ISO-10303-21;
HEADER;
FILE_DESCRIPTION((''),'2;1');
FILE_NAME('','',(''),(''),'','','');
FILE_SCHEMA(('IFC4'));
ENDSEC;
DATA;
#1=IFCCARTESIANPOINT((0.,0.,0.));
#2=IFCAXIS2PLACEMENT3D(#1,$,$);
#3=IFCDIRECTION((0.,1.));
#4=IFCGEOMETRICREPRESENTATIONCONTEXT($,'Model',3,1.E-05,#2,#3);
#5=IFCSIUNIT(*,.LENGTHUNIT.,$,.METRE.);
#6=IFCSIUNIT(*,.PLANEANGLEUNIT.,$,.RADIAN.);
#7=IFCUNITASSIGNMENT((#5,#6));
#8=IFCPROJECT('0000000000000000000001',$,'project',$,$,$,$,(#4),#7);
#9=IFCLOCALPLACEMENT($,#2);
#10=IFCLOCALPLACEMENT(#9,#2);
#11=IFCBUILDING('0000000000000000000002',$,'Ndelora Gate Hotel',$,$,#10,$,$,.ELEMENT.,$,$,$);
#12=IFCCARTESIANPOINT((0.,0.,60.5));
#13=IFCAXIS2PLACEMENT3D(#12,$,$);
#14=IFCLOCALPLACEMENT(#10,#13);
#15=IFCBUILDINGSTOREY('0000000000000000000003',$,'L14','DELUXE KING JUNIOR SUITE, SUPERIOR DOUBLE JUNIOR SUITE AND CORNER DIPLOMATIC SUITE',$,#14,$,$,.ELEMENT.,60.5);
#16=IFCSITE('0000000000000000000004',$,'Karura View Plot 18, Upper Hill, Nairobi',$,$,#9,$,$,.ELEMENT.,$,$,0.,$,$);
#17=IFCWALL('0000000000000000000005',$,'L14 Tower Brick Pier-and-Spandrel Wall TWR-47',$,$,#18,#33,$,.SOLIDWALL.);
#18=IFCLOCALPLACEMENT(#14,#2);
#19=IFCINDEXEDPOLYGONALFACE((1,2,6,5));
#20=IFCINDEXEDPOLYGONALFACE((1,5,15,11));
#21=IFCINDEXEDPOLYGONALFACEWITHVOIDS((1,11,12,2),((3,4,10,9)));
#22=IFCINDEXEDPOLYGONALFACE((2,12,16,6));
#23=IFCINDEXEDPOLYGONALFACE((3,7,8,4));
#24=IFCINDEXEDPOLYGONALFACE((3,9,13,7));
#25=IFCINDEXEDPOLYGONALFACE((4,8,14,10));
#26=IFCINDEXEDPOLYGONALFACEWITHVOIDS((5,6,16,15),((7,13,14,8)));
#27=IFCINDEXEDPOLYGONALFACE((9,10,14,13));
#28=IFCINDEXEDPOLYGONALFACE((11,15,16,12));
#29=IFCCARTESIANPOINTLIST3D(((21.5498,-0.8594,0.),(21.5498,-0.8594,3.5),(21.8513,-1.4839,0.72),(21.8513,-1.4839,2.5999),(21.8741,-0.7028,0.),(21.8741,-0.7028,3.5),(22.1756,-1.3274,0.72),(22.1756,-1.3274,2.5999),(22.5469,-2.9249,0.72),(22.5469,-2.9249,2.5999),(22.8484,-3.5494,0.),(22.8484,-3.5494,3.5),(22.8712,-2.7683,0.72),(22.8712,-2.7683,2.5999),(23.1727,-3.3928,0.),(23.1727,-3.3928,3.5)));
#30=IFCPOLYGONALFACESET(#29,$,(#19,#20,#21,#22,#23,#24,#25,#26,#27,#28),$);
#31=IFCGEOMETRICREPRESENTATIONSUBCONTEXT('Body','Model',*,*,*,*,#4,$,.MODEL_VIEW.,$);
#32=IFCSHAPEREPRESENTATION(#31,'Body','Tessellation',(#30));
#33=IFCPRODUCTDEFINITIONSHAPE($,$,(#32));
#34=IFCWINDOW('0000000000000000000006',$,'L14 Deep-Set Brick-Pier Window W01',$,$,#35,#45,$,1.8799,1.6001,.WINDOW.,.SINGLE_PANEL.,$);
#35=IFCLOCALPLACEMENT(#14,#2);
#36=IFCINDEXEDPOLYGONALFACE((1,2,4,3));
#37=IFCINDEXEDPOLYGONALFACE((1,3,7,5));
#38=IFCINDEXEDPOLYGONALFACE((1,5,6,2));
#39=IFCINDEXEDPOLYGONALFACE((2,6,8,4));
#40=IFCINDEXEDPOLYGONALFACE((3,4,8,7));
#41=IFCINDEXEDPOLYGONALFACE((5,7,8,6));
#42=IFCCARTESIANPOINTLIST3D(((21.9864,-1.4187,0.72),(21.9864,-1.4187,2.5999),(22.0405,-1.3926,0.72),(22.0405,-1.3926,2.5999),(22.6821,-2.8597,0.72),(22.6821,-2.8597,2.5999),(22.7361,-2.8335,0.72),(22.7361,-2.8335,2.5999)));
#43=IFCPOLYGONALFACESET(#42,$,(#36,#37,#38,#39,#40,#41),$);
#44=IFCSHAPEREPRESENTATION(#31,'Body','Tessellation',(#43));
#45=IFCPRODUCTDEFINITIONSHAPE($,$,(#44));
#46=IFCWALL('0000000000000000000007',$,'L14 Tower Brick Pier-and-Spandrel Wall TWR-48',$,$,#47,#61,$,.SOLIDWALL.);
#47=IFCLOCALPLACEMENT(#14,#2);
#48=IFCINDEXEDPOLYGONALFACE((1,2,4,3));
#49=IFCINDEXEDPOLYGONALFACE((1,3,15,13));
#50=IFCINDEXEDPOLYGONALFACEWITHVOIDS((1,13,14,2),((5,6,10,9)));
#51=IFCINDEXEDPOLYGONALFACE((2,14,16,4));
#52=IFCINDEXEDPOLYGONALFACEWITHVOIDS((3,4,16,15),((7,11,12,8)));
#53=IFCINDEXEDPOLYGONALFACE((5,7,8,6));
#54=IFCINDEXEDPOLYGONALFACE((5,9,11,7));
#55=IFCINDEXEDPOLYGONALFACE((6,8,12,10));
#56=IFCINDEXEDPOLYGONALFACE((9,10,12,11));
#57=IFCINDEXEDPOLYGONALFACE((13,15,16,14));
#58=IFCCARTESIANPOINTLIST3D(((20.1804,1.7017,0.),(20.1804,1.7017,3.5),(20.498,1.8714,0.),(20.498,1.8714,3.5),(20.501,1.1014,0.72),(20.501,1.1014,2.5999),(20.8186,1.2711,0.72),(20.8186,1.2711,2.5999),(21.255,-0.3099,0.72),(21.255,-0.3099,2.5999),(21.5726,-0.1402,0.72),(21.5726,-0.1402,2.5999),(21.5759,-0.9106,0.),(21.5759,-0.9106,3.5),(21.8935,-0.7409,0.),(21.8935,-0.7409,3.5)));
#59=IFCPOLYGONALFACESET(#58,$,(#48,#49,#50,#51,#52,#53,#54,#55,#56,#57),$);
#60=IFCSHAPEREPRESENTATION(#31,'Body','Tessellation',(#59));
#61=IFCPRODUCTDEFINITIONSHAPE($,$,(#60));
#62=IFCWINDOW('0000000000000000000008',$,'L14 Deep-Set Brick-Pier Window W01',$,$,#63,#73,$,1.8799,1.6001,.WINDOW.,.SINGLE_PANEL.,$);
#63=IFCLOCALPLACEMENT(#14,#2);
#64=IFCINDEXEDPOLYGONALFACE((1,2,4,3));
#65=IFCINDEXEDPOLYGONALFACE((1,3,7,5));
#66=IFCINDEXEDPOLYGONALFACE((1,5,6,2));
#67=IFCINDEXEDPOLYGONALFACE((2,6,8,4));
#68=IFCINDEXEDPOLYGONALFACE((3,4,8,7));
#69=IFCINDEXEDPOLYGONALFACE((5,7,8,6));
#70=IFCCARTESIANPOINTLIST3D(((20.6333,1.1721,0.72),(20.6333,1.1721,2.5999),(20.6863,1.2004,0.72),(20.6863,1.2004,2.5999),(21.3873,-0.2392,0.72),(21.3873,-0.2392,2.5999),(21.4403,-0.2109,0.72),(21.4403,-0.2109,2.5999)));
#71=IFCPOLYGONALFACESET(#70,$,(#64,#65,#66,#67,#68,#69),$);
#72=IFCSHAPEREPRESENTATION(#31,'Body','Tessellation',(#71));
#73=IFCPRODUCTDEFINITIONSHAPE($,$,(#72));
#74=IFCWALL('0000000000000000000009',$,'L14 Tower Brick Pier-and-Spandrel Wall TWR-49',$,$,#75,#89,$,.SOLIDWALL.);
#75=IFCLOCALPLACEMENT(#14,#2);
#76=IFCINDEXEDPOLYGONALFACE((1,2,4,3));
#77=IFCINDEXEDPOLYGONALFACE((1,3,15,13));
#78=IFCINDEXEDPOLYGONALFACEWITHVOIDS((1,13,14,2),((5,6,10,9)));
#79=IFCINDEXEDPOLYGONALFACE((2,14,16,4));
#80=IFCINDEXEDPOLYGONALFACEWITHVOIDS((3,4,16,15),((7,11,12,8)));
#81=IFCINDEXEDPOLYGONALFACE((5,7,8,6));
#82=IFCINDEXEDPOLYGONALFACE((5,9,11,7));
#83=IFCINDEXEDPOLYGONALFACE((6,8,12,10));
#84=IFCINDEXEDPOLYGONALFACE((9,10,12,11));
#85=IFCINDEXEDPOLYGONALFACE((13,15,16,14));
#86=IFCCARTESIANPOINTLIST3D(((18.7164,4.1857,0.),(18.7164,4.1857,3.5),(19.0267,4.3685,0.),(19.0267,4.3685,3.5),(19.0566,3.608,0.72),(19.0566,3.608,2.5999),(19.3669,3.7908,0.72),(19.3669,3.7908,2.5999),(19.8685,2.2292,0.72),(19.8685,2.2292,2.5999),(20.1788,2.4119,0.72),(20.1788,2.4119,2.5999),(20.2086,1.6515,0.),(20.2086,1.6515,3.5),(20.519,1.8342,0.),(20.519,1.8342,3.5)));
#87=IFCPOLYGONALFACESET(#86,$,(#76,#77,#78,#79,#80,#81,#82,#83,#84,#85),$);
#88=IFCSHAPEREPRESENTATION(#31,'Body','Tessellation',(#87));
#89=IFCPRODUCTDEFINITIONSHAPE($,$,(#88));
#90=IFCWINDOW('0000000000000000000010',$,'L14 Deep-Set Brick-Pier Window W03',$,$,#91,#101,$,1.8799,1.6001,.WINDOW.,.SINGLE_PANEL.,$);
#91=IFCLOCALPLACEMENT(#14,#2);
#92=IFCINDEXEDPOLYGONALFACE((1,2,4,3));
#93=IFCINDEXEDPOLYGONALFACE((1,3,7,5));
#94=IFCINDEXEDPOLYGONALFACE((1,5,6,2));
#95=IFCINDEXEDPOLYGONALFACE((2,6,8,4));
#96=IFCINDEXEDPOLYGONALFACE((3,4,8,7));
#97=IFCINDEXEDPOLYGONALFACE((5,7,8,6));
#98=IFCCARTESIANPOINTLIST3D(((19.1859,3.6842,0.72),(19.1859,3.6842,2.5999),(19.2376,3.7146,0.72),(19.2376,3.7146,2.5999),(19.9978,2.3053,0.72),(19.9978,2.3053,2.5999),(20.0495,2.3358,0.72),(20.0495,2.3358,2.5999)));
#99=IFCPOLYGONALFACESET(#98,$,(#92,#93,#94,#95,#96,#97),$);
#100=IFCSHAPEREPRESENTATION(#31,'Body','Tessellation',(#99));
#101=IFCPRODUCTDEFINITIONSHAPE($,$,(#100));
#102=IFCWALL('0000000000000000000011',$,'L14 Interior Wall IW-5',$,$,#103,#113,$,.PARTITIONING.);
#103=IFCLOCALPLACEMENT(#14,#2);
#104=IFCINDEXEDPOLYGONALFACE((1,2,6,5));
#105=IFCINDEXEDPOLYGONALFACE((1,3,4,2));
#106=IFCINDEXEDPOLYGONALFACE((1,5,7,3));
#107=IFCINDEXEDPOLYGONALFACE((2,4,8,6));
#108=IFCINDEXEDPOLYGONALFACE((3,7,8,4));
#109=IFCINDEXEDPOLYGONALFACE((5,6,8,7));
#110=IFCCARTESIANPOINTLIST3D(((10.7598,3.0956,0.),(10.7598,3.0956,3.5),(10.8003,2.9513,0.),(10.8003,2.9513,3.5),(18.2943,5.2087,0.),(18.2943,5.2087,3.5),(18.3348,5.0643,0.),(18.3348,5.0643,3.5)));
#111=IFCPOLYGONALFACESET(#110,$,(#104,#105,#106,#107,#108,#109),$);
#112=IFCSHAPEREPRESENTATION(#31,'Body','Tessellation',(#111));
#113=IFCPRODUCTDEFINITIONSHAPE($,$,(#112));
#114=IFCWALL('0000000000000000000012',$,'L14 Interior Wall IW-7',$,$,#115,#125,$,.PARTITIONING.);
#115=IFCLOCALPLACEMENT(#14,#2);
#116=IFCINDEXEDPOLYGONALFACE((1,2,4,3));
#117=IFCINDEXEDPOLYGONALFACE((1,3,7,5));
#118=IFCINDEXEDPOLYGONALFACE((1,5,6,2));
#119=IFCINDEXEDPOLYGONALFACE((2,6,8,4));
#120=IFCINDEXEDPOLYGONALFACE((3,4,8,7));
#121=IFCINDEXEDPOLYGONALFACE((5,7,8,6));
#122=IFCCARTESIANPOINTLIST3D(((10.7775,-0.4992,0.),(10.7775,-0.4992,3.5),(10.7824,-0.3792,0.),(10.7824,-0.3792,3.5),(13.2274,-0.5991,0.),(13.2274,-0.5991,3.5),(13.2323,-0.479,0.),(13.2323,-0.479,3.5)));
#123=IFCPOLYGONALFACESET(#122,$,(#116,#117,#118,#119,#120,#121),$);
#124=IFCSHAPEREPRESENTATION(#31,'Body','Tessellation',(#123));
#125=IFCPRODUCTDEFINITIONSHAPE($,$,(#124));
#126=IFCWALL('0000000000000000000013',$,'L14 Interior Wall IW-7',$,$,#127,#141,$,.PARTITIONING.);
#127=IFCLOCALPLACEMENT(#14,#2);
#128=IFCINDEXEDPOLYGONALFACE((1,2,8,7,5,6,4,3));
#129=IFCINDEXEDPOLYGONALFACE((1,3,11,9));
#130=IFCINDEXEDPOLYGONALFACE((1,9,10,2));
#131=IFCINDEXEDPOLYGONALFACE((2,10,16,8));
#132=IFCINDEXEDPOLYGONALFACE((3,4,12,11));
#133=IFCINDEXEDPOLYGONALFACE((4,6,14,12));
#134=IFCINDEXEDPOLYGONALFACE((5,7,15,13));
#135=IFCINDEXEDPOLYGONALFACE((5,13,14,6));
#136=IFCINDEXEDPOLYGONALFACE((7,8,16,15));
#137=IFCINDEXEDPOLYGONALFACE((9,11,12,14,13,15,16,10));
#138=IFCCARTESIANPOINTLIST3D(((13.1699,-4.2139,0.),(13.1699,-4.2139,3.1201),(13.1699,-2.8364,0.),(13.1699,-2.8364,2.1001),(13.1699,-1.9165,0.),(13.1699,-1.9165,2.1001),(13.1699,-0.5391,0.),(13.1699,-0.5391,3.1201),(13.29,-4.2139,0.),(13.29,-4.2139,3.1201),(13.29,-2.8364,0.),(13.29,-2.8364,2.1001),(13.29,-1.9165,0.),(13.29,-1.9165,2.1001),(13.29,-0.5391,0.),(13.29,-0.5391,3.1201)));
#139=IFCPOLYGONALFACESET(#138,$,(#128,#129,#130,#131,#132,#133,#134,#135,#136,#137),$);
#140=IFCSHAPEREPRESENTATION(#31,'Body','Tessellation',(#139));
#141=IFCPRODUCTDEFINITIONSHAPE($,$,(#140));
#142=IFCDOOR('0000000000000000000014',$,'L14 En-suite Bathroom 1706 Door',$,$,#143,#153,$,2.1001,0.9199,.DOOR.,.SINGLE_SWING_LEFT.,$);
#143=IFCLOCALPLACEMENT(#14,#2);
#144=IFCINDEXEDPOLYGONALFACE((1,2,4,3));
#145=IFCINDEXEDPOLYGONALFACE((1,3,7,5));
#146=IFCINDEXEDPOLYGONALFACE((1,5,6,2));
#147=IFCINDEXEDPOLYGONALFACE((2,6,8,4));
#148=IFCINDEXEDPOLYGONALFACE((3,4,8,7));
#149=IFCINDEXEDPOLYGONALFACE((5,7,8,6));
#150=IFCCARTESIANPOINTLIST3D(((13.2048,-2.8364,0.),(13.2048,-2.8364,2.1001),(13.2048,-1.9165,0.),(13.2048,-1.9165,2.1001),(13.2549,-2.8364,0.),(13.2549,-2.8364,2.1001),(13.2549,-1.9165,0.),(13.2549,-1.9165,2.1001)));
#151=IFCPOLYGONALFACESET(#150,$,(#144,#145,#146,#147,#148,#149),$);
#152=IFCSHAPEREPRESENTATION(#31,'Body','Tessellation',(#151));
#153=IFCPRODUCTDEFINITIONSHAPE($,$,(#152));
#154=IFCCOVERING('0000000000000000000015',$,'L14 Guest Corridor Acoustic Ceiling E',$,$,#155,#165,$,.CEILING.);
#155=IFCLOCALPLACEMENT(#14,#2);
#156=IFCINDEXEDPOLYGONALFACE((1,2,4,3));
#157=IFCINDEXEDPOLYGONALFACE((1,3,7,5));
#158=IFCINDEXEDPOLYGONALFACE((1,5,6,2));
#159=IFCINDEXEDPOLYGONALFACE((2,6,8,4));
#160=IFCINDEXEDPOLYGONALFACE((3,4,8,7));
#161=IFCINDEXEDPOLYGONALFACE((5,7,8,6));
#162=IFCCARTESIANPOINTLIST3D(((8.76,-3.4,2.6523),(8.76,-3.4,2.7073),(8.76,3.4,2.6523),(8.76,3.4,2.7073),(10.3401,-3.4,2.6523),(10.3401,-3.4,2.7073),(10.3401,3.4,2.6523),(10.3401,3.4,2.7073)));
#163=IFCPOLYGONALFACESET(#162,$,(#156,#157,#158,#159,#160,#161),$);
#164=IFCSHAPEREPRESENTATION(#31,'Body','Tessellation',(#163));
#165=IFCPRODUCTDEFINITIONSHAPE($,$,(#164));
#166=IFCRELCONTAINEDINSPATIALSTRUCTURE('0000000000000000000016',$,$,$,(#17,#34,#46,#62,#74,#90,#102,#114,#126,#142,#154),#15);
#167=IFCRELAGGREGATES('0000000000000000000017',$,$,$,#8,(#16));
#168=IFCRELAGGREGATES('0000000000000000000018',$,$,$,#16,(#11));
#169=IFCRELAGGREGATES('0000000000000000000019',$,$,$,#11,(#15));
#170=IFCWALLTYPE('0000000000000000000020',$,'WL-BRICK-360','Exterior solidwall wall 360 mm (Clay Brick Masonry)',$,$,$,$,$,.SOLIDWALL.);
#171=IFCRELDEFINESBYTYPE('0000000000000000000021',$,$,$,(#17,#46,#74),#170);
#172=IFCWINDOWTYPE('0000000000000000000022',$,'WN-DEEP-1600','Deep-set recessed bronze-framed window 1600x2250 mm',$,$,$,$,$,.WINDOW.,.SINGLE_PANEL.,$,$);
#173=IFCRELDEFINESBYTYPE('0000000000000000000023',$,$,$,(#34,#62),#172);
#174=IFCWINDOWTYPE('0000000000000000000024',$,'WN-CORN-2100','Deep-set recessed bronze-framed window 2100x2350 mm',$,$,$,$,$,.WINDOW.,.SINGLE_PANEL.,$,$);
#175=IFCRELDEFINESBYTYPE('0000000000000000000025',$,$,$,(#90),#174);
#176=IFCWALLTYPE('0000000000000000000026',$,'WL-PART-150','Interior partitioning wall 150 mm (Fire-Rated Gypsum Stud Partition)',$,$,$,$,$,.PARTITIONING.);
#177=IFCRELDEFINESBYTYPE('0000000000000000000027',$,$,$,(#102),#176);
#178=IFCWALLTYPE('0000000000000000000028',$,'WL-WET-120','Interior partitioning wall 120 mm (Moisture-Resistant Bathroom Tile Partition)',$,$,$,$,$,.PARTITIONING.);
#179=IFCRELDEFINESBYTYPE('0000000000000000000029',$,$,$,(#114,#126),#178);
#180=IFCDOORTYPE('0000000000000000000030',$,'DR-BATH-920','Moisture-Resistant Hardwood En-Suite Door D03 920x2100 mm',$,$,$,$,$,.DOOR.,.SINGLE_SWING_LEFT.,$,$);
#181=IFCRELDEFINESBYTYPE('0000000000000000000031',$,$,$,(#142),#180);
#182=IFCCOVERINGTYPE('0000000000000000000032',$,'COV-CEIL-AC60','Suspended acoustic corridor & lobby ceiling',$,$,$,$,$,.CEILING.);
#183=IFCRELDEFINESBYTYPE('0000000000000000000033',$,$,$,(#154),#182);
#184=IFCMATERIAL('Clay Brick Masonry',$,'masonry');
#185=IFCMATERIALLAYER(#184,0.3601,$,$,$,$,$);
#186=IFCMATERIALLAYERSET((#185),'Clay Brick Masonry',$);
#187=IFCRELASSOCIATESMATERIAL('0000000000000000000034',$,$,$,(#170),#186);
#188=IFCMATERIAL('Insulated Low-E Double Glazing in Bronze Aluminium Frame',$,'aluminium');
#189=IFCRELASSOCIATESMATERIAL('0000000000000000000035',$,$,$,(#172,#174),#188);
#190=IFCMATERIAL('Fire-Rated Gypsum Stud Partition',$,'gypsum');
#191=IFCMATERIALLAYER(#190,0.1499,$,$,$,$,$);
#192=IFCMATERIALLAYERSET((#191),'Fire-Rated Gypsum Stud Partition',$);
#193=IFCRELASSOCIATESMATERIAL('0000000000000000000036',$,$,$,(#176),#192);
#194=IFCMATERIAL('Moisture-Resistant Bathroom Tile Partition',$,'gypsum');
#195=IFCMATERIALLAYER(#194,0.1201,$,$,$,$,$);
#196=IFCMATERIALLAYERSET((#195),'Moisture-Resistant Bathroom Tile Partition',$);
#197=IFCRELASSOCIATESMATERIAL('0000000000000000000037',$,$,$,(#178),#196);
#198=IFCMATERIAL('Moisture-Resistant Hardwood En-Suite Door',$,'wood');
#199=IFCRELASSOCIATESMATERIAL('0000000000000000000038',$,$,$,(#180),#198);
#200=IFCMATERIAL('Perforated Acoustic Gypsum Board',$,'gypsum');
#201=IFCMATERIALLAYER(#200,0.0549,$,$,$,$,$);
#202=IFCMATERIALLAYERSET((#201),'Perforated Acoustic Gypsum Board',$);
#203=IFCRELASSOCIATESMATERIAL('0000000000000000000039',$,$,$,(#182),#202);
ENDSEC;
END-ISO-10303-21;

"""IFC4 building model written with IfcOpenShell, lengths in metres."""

from ifc_helpers import new_model, si_unit, direction, frame, frame_2d, origin, origin_2d, place, context, subcontext, project, spatial, rectangle, extrude, material, layer, layer_set, type_object, element, fill, save


model = new_model("IFC4")

# Units and contexts
model_context = context("Model", 3, precision=1e-05, world=origin(), true_north=direction((0.0, 1.0)))
body_context = subcontext(model_context, "Body", "Model", "MODEL_VIEW")
ifc_project = project(units=[si_unit("LENGTHUNIT", "METRE"), si_unit("PLANEANGLEUNIT", "RADIAN")], contexts=[model_context])

# Site, building, storey
site_placement = place(None, origin())
site = spatial("IfcSite", under=ifc_project, at=site_placement, Name="Karura View Plot 18, Upper Hill, Nairobi", CompositionType="ELEMENT", RefElevation=0.0)
building_placement = place(site_placement, origin())
building = spatial("IfcBuilding", under=site, at=building_placement, Name="Ndelora Gate Hotel", CompositionType="ELEMENT")
storey_placement = place(building_placement, frame((0.0, 0.0, 60.5)))
storey = spatial("IfcBuildingStorey", under=building, at=storey_placement, Name="L14", Description="DELUXE KING JUNIOR SUITE, SUPERIOR DOUBLE JUNIOR SUITE AND CORNER DIPLOMATIC SUITE", CompositionType="ELEMENT", Elevation=60.5)

# Walls, openings, windows
ifc_material_1 = material(Name="Clay Brick Masonry", Category="masonry")
ifc_layer_1 = layer(ifc_material_1, 0.3601)
ifc_layer_set_1 = layer_set([ifc_layer_1], Name="Clay Brick Masonry")
wall_type_1 = type_object("IfcWallType", Name="WL-BRICK-360", Description="Exterior solidwall wall 360 mm (Clay Brick Masonry)", PredefinedType="SOLIDWALL", material=ifc_layer_set_1)
wall_1_placement = place(storey_placement, frame((21.7119, -0.781, 0.0), z_axis=(0.0, 0.0, 1.0), x_axis=(0.434747, -0.900553, 0.0)))
wall_1 = element("IfcWall", 1, at=wall_1_placement, inside=storey, type_object=wall_type_1, Name="L14 Tower Brick Pier-and-Spandrel Wall TWR-47", PredefinedType="SOLIDWALL", context=body_context, shape_type="SweptSolid", body=[
    extrude(rectangle(XDim=2.9871, YDim=0.3601, at=frame_2d((1.4937, 0.0))), origin(), (0.0, 0.0, 1.0), 3.5),
])
opening_1_placement = place(wall_1_placement, frame((0.6936, 0.0, 0.72)))
opening_1 = element("IfcOpeningElement", 2, at=opening_1_placement, cuts=wall_1, PredefinedType="OPENING", context=body_context, shape_type="SweptSolid", body=[
    extrude(rectangle(XDim=1.6001, YDim=1.8799, at=frame_2d((0.8, 0.9399))), frame((0.0, 0.1899, 0.0), z_axis=(0.0, -1.0, 0.0), x_axis=(1.0, 0.0, 0.0)), (0.0, 0.0, 1.0), 0.3801),
])
ifc_material_2 = material(Name="Insulated Low-E Double Glazing in Bronze Aluminium Frame", Category="aluminium")
window_type_1 = type_object("IfcWindowType", Name="WN-DEEP-1600", Description="Deep-set recessed bronze-framed window 1600x2250 mm", PartitioningType="SINGLE_PANEL", PredefinedType="WINDOW", material=ifc_material_2)
window_1_placement = place(opening_1_placement, origin())
window_1 = element("IfcWindow", 3, at=window_1_placement, inside=storey, type_object=window_type_1, Name="L14 Deep-Set Brick-Pier Window W01", OverallHeight=1.8799, OverallWidth=1.6001, PartitioningType="SINGLE_PANEL", PredefinedType="WINDOW", context=body_context, shape_type="SweptSolid", body=[
    extrude(rectangle(XDim=1.6001, YDim=1.8799, at=frame_2d((0.8, 0.9399))), frame((0.0, 0.03, 0.0), z_axis=(0.0, -1.0, 0.0), x_axis=(1.0, 0.0, 0.0)), (0.0, 0.0, 1.0), 0.0601),
])
fill(opening_1, window_1)
wall_2_placement = place(storey_placement, frame((20.3391, 1.7866, 0.0), z_axis=(0.0, 0.0, 1.0), x_axis=(0.471187, -0.882033, 0.0)))
wall_2 = element("IfcWall", 4, at=wall_2_placement, inside=storey, type_object=wall_type_1, Name="L14 Tower Brick Pier-and-Spandrel Wall TWR-48", PredefinedType="SOLIDWALL", context=body_context, shape_type="SweptSolid", body=[
    extrude(rectangle(XDim=2.9617, YDim=0.3601, at=frame_2d((1.481, 0.0))), origin(), (0.0, 0.0, 1.0), 3.5),
])
opening_2_placement = place(wall_2_placement, frame((0.6807, 0.0, 0.72)))
opening_2 = element("IfcOpeningElement", 5, at=opening_2_placement, cuts=wall_2, PredefinedType="OPENING", context=body_context, shape_type="SweptSolid", body=[
    extrude(rectangle(XDim=1.6001, YDim=1.8799, at=frame_2d((0.8, 0.9399))), frame((0.0, 0.1899, 0.0), z_axis=(0.0, -1.0, 0.0), x_axis=(1.0, 0.0, 0.0)), (0.0, 0.0, 1.0), 0.3801),
])
window_2_placement = place(opening_2_placement, origin())
window_2 = element("IfcWindow", 6, at=window_2_placement, inside=storey, type_object=window_type_1, Name="L14 Deep-Set Brick-Pier Window W01", OverallHeight=1.8799, OverallWidth=1.6001, PartitioningType="SINGLE_PANEL", PredefinedType="WINDOW", context=body_context, shape_type="SweptSolid", body=[
    extrude(rectangle(XDim=1.6001, YDim=1.8799, at=frame_2d((0.8, 0.9399))), frame((0.0, 0.03, 0.0), z_axis=(0.0, -1.0, 0.0), x_axis=(1.0, 0.0, 0.0)), (0.0, 0.0, 1.0), 0.0601),
])
fill(opening_2, window_2)
wall_3_placement = place(storey_placement, frame((18.8716, 4.2771, 0.0), z_axis=(0.0, 0.0, 1.0), x_axis=(0.507397, -0.861712, 0.0)))
wall_3 = element("IfcWall", 7, at=wall_3_placement, inside=storey, type_object=wall_type_1, Name="L14 Tower Brick Pier-and-Spandrel Wall TWR-49", PredefinedType="SOLIDWALL", context=body_context, shape_type="SweptSolid", body=[
    extrude(rectangle(XDim=2.9409, YDim=0.3601, at=frame_2d((1.4705, 0.0))), origin(), (0.0, 0.0, 1.0), 3.5),
])
opening_3_placement = place(wall_3_placement, frame((0.6704, 0.0, 0.72)))
opening_3 = element("IfcOpeningElement", 8, at=opening_3_placement, cuts=wall_3, PredefinedType="OPENING", context=body_context, shape_type="SweptSolid", body=[
    extrude(rectangle(XDim=1.6001, YDim=1.8799, at=frame_2d((0.8, 0.9399))), frame((0.0, 0.1899, 0.0), z_axis=(0.0, -1.0, 0.0), x_axis=(1.0, 0.0, 0.0)), (0.0, 0.0, 1.0), 0.3801),
])
window_type_2 = type_object("IfcWindowType", Name="WN-CORN-2100", Description="Deep-set recessed bronze-framed window 2100x2350 mm", PartitioningType="SINGLE_PANEL", PredefinedType="WINDOW", material=ifc_material_2)
window_3_placement = place(opening_3_placement, origin())
window_3 = element("IfcWindow", 9, at=window_3_placement, inside=storey, type_object=window_type_2, Name="L14 Deep-Set Brick-Pier Window W03", OverallHeight=1.8799, OverallWidth=1.6001, PartitioningType="SINGLE_PANEL", PredefinedType="WINDOW", context=body_context, shape_type="SweptSolid", body=[
    extrude(rectangle(XDim=1.6001, YDim=1.8799, at=frame_2d((0.8, 0.9399))), frame((0.0, 0.03, 0.0), z_axis=(0.0, -1.0, 0.0), x_axis=(1.0, 0.0, 0.0)), (0.0, 0.0, 1.0), 0.0601),
])
fill(opening_3, window_3)

# Walls
ifc_material_3 = material(Name="Fire-Rated Gypsum Stud Partition", Category="gypsum")
ifc_layer_2 = layer(ifc_material_3, 0.1499)
ifc_layer_set_2 = layer_set([ifc_layer_2], Name="Fire-Rated Gypsum Stud Partition")
wall_type_2 = type_object("IfcWallType", Name="WL-PART-150", Description="Interior partitioning wall 150 mm (Fire-Rated Gypsum Stud Partition)", PredefinedType="PARTITIONING", material=ifc_layer_set_2)
wall_4_placement = place(storey_placement, frame((10.78, 3.0234, 0.0), z_axis=(0.0, 0.0, 1.0), x_axis=(0.962851, 0.270033, 0.0)))
element("IfcWall", 10, at=wall_4_placement, inside=storey, type_object=wall_type_2, Name="L14 Interior Wall IW-5", PredefinedType="PARTITIONING", context=body_context, shape_type="SweptSolid", body=[
    extrude(rectangle(XDim=7.8252, YDim=0.1499, at=frame_2d((3.9126, 0.0))), origin(), (0.0, 0.0, 1.0), 3.5),
])
ifc_material_4 = material(Name="Moisture-Resistant Bathroom Tile Partition", Category="gypsum")
ifc_layer_3 = layer(ifc_material_4, 0.1201)
ifc_layer_set_3 = layer_set([ifc_layer_3], Name="Moisture-Resistant Bathroom Tile Partition")
wall_type_3 = type_object("IfcWallType", Name="WL-WET-120", Description="Interior partitioning wall 120 mm (Moisture-Resistant Bathroom Tile Partition)", PredefinedType="PARTITIONING", material=ifc_layer_set_3)
wall_5_placement = place(storey_placement, frame((13.23, -0.5391, 0.0), z_axis=(0.0, 0.0, 1.0), x_axis=(-0.99917, 0.040724, 0.0)))
element("IfcWall", 11, at=wall_5_placement, inside=storey, type_object=wall_type_3, Name="L14 Interior Wall IW-7", PredefinedType="PARTITIONING", context=body_context, shape_type="SweptSolid", body=[
    extrude(rectangle(XDim=2.4519, YDim=0.1201, at=frame_2d((1.2261, 0.0))), origin(), (0.0, 0.0, 1.0), 3.5),
])

# Wall, opening, door
wall_6_placement = place(storey_placement, frame((13.23, -0.5391, 0.0), z_axis=(0.0, 0.0, 1.0), x_axis=(0.0, -1.0, 0.0)))
wall_6 = element("IfcWall", 12, at=wall_6_placement, inside=storey, type_object=wall_type_3, Name="L14 Interior Wall IW-7", PredefinedType="PARTITIONING", context=body_context, shape_type="SweptSolid", body=[
    extrude(rectangle(XDim=3.6748, YDim=0.1201, at=frame_2d((1.8374, 0.0))), origin(), (0.0, 0.0, 1.0), 3.1201),
])
opening_4_placement = place(wall_6_placement, frame((1.3774, 0.0, 0.0)))
opening_4 = element("IfcOpeningElement", 13, at=opening_4_placement, cuts=wall_6, PredefinedType="OPENING", context=body_context, shape_type="SweptSolid", body=[
    extrude(rectangle(XDim=0.9199, YDim=2.1001, at=frame_2d((0.46, 1.05))), frame((0.0, 0.0701, 0.0), z_axis=(0.0, -1.0, 0.0), x_axis=(1.0, 0.0, 0.0)), (0.0, 0.0, 1.0), 0.1401),
])
ifc_material_5 = material(Name="Moisture-Resistant Hardwood En-Suite Door", Category="wood")
door_type_1 = type_object("IfcDoorType", Name="DR-BATH-920", Description="Moisture-Resistant Hardwood En-Suite Door D03 920x2100 mm", OperationType="SINGLE_SWING_LEFT", PredefinedType="DOOR", material=ifc_material_5)
door_1_placement = place(opening_4_placement, origin())
door_1 = element("IfcDoor", 14, at=door_1_placement, inside=storey, type_object=door_type_1, Name="L14 En-suite Bathroom 1706 Door", OperationType="SINGLE_SWING_LEFT", OverallHeight=2.1001, OverallWidth=0.9199, PredefinedType="DOOR", context=body_context, shape_type="SweptSolid", body=[
    extrude(rectangle(XDim=0.9199, YDim=2.1001, at=frame_2d((0.46, 1.05))), frame((0.0, 0.0249, 0.0), z_axis=(0.0, -1.0, 0.0), x_axis=(1.0, 0.0, 0.0)), (0.0, 0.0, 1.0), 0.05),
])
fill(opening_4, door_1)

# Covering
ifc_material_6 = material(Name="Perforated Acoustic Gypsum Board", Category="gypsum")
ifc_layer_4 = layer(ifc_material_6, 0.0549)
ifc_layer_set_4 = layer_set([ifc_layer_4], Name="Perforated Acoustic Gypsum Board")
covering_type_1 = type_object("IfcCoveringType", Name="COV-CEIL-AC60", Description="Suspended acoustic corridor & lobby ceiling", PredefinedType="CEILING", material=ifc_layer_set_4)
covering_1_placement = place(storey_placement, frame((9.55, 0.0, 2.6523), z_axis=(0.0, 0.0, 1.0), x_axis=(1.0, 0.0, 0.0)))
element("IfcCovering", 15, at=covering_1_placement, inside=storey, type_object=covering_type_1, Name="L14 Guest Corridor Acoustic Ceiling E", PredefinedType="CEILING", context=body_context, shape_type="SweptSolid", body=[
    extrude(rectangle(XDim=1.5801, YDim=6.8, at=origin_2d()), origin(), (0.0, 0.0, 1.0), 0.0549),
])

save(model, "model.ifc")
